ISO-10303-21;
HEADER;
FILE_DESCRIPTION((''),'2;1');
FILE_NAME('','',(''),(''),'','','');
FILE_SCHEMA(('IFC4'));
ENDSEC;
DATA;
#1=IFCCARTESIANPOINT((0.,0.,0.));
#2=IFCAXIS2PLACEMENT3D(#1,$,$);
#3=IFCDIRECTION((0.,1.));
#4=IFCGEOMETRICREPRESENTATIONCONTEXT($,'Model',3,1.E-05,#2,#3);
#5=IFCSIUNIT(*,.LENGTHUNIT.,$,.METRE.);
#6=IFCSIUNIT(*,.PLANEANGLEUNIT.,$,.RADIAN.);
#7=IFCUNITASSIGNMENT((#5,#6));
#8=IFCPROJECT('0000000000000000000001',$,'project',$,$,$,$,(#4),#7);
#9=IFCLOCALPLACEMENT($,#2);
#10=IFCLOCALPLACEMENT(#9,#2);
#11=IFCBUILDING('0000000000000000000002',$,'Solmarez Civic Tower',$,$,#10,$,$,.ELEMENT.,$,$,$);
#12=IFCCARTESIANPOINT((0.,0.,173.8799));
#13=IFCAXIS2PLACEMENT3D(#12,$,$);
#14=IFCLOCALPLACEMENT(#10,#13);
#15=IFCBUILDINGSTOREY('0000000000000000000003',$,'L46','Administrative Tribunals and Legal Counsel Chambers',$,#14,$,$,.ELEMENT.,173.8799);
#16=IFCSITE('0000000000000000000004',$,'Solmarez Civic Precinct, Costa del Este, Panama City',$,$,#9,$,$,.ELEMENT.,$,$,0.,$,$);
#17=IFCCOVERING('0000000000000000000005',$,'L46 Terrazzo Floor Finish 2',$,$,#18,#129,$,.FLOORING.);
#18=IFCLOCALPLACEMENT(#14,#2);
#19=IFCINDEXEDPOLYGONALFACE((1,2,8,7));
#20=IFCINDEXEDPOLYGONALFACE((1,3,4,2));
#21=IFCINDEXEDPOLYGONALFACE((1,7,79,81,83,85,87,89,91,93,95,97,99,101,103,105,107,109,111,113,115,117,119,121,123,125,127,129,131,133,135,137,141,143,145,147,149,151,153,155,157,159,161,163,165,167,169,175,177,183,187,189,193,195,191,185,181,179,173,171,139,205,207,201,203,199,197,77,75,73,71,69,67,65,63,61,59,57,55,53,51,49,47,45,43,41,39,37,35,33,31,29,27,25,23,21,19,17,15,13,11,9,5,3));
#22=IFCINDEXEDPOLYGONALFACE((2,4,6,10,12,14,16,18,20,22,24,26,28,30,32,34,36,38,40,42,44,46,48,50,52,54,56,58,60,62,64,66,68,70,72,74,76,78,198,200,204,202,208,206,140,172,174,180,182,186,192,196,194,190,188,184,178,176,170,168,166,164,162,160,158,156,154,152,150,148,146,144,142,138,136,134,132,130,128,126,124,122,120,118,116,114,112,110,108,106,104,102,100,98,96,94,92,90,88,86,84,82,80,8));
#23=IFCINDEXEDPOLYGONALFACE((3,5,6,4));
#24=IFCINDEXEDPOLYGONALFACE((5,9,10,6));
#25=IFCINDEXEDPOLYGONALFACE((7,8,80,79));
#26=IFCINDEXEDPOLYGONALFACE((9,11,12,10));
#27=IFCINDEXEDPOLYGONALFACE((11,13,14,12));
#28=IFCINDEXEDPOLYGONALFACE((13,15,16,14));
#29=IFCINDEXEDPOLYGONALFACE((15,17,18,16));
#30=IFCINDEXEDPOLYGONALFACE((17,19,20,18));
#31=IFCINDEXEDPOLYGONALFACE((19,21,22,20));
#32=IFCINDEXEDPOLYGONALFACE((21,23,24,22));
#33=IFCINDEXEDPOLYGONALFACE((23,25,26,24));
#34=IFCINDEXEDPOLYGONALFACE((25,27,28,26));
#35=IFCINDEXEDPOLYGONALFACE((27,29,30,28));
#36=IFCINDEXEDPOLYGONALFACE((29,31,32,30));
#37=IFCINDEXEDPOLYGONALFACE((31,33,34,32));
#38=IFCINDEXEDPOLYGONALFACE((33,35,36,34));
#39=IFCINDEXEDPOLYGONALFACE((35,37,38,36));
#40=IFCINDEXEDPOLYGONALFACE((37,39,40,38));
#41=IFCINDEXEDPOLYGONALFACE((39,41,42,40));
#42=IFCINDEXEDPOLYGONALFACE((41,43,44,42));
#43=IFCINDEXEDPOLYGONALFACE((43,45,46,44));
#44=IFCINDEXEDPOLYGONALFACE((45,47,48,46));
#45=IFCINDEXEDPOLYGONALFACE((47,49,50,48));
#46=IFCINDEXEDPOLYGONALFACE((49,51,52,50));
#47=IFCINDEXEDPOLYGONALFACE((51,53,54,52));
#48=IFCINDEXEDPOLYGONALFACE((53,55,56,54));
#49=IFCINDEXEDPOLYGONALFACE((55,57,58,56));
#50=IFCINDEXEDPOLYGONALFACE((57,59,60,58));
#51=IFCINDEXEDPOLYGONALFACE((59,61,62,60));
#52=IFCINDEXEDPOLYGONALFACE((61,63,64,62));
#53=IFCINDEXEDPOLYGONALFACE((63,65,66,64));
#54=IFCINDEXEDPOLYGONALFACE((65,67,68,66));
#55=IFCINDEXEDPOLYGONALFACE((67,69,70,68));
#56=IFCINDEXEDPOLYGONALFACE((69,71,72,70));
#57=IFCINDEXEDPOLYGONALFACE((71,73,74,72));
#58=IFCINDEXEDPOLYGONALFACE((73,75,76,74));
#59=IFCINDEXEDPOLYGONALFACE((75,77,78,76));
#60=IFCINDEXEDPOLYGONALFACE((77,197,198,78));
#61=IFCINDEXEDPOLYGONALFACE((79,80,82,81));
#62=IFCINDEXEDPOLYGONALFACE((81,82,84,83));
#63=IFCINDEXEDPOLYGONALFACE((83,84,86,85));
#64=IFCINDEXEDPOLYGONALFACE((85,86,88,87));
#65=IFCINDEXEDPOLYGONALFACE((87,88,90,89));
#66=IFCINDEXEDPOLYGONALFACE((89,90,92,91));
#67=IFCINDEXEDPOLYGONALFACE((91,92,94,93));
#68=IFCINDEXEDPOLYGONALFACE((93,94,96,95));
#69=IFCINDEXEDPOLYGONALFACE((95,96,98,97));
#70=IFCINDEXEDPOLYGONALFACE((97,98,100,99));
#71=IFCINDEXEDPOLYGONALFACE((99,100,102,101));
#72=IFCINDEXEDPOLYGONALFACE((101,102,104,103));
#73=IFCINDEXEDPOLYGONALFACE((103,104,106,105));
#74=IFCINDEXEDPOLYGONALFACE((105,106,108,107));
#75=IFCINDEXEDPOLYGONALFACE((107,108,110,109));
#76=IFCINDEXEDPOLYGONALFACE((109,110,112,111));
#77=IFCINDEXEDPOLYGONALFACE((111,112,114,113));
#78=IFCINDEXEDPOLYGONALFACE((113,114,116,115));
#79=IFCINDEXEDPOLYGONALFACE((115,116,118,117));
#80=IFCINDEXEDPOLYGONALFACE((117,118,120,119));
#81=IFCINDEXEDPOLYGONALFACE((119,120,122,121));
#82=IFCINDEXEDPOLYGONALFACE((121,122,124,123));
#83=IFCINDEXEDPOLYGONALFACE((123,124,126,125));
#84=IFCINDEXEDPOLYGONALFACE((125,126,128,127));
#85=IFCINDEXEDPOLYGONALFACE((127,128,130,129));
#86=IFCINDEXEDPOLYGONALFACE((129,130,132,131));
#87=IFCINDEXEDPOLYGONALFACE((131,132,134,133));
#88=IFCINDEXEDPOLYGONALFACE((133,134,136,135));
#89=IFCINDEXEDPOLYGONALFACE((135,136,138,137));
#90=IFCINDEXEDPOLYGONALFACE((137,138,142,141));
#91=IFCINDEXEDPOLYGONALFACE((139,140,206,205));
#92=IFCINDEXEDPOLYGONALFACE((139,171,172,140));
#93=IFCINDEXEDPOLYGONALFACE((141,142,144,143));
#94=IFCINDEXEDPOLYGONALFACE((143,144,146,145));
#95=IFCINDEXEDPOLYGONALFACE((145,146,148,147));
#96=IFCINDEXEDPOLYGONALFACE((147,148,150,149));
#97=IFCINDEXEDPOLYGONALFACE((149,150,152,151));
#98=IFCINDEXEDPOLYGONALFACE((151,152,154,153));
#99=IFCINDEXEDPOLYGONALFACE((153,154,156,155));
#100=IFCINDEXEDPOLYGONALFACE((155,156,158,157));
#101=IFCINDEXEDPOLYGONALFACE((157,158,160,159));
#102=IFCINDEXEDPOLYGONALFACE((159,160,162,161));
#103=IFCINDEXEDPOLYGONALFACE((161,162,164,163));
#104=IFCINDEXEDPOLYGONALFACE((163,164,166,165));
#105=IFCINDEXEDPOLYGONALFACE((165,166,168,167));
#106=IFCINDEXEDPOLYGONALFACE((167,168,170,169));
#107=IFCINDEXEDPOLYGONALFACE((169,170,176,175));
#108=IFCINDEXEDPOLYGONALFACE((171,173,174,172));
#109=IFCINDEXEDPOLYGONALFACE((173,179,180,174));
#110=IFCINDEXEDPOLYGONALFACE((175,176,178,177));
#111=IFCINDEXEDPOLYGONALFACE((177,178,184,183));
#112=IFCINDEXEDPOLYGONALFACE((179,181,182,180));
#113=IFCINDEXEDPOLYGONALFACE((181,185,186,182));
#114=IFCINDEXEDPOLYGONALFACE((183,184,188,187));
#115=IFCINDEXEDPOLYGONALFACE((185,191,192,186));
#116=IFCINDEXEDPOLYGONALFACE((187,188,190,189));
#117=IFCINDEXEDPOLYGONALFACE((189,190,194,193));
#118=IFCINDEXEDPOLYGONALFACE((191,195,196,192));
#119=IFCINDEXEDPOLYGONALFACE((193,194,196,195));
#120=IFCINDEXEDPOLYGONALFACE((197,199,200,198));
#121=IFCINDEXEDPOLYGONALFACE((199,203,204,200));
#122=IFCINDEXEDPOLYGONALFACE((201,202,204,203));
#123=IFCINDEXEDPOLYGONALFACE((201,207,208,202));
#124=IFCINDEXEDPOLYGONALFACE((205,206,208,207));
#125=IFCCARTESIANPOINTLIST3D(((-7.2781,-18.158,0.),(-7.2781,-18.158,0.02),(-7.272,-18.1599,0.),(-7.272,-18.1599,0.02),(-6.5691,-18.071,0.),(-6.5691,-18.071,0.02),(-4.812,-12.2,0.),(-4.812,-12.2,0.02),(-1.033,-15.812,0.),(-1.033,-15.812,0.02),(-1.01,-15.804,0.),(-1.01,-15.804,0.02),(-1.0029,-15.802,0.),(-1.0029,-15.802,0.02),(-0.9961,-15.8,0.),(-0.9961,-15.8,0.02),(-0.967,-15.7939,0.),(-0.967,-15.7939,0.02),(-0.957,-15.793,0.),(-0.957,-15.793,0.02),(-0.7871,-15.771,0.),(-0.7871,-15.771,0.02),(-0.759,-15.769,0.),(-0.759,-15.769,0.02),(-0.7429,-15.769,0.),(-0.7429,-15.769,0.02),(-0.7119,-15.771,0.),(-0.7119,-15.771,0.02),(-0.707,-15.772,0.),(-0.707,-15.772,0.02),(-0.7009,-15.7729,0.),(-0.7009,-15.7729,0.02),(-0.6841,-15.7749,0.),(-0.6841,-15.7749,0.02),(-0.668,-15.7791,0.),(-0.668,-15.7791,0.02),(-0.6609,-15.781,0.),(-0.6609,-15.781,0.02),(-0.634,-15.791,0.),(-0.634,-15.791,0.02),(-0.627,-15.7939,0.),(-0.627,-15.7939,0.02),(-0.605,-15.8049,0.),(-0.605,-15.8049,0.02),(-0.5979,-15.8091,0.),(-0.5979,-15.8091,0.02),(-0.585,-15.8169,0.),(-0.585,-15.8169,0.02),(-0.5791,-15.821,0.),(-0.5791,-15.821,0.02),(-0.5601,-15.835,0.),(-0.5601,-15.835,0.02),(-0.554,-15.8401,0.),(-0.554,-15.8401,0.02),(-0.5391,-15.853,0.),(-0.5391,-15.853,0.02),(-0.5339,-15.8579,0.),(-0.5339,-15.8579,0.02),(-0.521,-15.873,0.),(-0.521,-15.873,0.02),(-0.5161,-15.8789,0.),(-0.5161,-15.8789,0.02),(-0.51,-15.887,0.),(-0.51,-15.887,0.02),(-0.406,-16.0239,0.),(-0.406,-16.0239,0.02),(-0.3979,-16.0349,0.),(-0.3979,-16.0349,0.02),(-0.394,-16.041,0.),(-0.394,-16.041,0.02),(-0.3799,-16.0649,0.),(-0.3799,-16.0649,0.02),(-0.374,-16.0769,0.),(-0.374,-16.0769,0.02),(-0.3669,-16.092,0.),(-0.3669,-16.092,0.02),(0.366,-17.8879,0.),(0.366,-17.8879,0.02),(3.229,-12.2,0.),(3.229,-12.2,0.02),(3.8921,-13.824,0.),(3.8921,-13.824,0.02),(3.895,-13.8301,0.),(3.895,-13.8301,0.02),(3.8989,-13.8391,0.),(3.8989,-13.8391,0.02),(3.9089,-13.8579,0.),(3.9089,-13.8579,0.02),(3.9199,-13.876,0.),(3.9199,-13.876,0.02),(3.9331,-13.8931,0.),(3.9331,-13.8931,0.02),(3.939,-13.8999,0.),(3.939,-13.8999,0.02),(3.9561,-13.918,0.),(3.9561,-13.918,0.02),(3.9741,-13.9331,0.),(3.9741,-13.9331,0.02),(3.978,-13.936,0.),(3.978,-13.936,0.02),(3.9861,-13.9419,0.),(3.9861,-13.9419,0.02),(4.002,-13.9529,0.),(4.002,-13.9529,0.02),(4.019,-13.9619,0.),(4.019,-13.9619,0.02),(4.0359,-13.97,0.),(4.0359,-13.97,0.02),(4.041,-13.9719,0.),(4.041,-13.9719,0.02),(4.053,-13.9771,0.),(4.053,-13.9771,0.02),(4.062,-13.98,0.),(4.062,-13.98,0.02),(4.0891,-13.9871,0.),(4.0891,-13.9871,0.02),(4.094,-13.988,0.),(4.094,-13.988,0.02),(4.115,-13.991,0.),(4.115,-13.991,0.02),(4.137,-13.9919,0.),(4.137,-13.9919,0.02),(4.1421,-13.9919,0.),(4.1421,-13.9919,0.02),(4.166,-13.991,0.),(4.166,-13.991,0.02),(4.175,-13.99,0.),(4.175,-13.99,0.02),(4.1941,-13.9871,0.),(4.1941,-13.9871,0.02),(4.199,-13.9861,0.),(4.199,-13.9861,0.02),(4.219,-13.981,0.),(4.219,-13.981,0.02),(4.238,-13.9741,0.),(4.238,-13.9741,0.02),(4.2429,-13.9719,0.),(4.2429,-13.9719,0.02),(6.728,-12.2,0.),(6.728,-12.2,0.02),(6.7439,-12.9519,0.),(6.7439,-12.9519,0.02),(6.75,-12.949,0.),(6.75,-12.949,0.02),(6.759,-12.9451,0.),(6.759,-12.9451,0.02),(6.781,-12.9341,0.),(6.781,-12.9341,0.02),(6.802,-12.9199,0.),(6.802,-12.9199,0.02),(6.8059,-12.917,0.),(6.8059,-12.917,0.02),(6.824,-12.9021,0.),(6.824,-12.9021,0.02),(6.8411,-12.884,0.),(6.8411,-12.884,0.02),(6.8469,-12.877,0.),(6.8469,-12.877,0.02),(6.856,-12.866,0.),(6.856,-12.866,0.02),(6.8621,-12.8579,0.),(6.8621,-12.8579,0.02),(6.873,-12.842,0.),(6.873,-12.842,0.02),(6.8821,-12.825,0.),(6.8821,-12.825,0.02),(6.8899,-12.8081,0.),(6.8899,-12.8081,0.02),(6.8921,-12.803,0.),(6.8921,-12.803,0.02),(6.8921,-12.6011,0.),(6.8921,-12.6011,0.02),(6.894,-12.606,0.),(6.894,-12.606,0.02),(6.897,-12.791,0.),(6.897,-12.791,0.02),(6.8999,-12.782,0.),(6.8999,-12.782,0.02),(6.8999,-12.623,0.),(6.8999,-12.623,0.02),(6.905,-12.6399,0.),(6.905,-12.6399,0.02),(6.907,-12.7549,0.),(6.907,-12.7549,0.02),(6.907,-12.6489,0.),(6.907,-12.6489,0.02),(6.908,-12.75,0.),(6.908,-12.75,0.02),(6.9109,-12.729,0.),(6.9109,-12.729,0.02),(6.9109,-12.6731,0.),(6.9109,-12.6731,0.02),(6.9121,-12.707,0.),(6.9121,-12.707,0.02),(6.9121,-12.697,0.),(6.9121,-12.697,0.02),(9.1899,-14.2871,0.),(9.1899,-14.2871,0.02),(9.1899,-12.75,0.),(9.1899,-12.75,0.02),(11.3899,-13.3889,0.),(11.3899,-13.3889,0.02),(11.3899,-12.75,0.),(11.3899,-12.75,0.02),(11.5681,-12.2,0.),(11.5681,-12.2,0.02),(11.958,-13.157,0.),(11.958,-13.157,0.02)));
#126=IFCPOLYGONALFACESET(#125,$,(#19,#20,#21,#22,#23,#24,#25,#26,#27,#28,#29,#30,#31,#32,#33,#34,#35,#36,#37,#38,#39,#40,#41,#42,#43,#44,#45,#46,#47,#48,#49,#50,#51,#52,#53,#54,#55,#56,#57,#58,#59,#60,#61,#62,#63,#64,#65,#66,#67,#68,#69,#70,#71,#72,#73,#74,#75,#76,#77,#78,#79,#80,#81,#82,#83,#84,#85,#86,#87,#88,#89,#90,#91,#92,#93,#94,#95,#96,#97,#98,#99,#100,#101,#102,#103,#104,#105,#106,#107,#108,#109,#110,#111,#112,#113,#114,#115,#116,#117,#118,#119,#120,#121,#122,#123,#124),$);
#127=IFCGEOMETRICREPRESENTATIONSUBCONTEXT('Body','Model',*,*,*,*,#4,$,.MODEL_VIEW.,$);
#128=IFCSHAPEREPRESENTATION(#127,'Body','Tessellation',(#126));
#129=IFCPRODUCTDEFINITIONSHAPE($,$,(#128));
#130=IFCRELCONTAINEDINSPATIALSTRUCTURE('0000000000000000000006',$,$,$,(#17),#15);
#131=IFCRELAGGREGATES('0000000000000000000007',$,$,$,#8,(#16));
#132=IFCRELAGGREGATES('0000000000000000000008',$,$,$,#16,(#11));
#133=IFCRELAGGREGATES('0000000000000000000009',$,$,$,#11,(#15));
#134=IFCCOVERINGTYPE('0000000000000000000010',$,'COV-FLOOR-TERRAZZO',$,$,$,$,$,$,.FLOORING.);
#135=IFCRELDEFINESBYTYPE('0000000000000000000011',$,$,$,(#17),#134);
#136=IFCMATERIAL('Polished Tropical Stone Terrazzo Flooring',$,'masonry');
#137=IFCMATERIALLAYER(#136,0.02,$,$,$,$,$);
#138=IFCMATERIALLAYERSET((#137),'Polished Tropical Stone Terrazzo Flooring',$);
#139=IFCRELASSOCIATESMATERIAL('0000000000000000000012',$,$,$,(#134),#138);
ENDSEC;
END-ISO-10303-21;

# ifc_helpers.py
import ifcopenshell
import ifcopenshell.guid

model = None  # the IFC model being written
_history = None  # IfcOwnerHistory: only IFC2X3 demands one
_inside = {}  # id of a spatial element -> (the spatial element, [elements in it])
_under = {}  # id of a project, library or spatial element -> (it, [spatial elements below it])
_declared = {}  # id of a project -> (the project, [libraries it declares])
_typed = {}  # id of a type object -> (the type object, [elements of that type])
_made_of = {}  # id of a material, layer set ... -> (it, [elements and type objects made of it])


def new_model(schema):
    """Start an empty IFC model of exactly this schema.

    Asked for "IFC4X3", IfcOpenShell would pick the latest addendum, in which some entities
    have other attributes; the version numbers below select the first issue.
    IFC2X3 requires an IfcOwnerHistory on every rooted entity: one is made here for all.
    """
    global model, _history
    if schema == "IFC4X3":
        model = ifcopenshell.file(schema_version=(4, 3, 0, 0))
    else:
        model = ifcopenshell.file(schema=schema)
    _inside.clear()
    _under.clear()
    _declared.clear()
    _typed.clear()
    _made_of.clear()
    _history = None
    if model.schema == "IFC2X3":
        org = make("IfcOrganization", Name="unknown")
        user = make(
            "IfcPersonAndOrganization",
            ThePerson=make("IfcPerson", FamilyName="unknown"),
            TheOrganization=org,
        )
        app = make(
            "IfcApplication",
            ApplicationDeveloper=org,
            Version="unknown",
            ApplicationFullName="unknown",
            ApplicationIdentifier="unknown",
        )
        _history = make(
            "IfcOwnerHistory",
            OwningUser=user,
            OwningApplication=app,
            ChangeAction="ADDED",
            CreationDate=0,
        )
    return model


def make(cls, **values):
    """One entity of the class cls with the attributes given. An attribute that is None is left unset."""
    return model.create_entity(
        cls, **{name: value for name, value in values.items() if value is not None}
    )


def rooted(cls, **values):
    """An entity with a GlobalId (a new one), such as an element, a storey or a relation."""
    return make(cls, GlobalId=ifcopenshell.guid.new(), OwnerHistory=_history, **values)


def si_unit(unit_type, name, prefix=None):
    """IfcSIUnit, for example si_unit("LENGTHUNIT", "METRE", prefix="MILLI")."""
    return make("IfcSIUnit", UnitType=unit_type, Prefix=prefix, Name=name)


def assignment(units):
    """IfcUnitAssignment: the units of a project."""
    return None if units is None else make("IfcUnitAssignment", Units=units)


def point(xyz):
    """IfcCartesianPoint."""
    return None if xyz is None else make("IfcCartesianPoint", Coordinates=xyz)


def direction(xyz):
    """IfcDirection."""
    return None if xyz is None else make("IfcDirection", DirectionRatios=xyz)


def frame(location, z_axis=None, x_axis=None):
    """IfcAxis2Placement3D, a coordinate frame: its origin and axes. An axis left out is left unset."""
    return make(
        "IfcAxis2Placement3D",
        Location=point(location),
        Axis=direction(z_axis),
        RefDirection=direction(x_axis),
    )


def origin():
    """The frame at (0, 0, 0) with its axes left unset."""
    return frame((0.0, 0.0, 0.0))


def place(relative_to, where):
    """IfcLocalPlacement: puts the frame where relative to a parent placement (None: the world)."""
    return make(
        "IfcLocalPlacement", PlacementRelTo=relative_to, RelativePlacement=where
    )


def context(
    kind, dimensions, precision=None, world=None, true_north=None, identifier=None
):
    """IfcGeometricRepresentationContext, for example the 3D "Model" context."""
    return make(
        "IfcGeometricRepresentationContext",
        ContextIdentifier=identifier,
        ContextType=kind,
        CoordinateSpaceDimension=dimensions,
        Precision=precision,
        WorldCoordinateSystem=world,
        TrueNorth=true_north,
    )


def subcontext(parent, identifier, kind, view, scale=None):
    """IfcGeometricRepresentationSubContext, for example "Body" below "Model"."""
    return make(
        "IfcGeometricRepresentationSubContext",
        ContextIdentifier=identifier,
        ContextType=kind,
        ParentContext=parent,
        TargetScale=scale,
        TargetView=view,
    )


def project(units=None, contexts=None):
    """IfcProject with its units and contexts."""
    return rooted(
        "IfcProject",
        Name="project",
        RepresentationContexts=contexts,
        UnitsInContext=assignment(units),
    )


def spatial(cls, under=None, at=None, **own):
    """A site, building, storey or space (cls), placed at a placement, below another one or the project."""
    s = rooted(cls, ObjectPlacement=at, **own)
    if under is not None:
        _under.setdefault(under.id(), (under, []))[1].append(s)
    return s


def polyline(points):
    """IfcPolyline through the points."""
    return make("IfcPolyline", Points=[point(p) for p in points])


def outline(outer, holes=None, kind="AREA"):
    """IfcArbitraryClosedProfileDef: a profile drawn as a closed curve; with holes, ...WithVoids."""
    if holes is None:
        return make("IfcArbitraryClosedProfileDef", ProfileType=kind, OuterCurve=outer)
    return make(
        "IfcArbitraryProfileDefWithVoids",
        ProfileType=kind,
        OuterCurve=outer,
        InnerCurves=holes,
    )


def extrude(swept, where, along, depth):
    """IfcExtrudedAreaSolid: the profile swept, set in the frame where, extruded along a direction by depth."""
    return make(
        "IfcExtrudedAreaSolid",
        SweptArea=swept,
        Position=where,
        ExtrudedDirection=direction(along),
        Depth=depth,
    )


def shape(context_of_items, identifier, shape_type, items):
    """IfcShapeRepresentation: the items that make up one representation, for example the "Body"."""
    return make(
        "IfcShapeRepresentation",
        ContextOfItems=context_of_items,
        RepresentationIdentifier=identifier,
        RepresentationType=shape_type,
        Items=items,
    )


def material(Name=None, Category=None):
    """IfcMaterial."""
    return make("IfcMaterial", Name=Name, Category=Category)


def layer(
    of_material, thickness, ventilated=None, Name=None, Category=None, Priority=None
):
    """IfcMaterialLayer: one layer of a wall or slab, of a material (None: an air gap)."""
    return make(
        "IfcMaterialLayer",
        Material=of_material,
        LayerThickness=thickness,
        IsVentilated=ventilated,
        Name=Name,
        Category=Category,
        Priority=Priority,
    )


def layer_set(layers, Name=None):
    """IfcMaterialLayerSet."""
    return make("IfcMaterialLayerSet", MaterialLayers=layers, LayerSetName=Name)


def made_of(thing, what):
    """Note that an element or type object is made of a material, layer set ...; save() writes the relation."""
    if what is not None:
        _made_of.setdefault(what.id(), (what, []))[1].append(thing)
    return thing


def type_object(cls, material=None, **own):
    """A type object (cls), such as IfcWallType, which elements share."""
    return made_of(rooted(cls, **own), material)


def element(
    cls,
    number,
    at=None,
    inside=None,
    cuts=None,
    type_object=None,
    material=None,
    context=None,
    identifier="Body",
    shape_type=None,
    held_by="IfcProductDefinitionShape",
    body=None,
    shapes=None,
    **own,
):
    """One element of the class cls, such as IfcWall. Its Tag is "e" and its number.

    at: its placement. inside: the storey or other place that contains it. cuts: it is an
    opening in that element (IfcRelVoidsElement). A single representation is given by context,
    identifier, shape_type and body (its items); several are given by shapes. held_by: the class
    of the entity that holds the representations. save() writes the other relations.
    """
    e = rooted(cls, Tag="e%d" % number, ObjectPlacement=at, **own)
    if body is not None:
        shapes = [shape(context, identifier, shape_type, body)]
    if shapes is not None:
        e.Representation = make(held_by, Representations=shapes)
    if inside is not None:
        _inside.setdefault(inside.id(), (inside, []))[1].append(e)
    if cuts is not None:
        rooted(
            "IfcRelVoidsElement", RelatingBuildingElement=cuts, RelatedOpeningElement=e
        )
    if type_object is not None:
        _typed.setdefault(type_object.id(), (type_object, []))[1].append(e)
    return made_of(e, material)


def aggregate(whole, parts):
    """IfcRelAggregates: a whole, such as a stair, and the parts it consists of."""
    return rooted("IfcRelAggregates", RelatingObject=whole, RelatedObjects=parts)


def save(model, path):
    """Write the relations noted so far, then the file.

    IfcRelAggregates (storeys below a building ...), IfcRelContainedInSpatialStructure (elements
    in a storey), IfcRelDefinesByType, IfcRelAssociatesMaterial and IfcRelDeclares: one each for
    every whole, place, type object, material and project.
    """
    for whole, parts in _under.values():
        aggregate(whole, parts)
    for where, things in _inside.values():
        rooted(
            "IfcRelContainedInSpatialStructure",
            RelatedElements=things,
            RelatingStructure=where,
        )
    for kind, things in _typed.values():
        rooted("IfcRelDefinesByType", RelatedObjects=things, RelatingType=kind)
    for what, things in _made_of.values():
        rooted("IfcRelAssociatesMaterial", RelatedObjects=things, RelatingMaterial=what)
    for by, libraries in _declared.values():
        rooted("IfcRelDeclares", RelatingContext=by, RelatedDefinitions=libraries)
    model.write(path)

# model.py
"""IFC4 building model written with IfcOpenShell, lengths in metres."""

from ifc_helpers import new_model, si_unit, direction, frame, origin, place, context, subcontext, project, spatial, polyline, outline, extrude, material, layer, layer_set, type_object, element, save


model = new_model("IFC4")

# Units and contexts
model_context = context("Model", 3, precision=1e-05, world=origin(), true_north=direction((0.0, 1.0)))
body_context = subcontext(model_context, "Body", "Model", "MODEL_VIEW")
ifc_project = project(units=[si_unit("LENGTHUNIT", "METRE"), si_unit("PLANEANGLEUNIT", "RADIAN")], contexts=[model_context])

# Site, building, storey
site_placement = place(None, origin())
site = spatial("IfcSite", under=ifc_project, at=site_placement, Name="Solmarez Civic Precinct, Costa del Este, Panama City", CompositionType="ELEMENT", RefElevation=0.0)
building_placement = place(site_placement, origin())
building = spatial("IfcBuilding", under=site, at=building_placement, Name="Solmarez Civic Tower", CompositionType="ELEMENT")
storey_placement = place(building_placement, frame((0.0, 0.0, 173.8799)))
storey = spatial("IfcBuildingStorey", under=building, at=storey_placement, Name="L46", Description="Administrative Tribunals and Legal Counsel Chambers", CompositionType="ELEMENT", Elevation=173.8799)

# Covering
ifc_material_1 = material(Name="Polished Tropical Stone Terrazzo Flooring", Category="masonry")
ifc_layer_1 = layer(ifc_material_1, 0.02)
ifc_layer_set_1 = layer_set([ifc_layer_1], Name="Polished Tropical Stone Terrazzo Flooring")
covering_type_1 = type_object("IfcCoveringType", Name="COV-FLOOR-TERRAZZO", PredefinedType="FLOORING", material=ifc_layer_set_1)
covering_1_placement = place(storey_placement, origin())
element("IfcCovering", 1, at=covering_1_placement, inside=storey, type_object=covering_type_1, Name="L46 Terrazzo Floor Finish 2", PredefinedType="FLOORING", context=body_context, shape_type="SweptSolid", body=[
    extrude(outline(polyline([(11.5681, -12.2), (6.728, -12.2), (6.8921, -12.6011), (6.894, -12.606), (6.8999, -12.623), (6.905, -12.6399), (6.907, -12.6489), (6.9109, -12.6731), (6.9121, -12.697), (6.9121, -12.707), (6.9109, -12.729), (6.908, -12.75), (6.907, -12.7549), (6.8999, -12.782), (6.897, -12.791), (6.8921, -12.803), (6.8899, -12.8081), (6.8821, -12.825), (6.873, -12.842), (6.8621, -12.8579), (6.856, -12.866), (6.8469, -12.877), (6.8411, -12.884), (6.824, -12.9021), (6.8059, -12.917), (6.802, -12.9199), (6.781, -12.9341), (6.759, -12.9451), (6.75, -12.949), (6.7439, -12.9519), (4.2429, -13.9719), (4.238, -13.9741), (4.219, -13.981), (4.199, -13.9861), (4.1941, -13.9871), (4.175, -13.99), (4.166, -13.991), (4.1421, -13.9919), (4.137, -13.9919), (4.115, -13.991), (4.094, -13.988), (4.0891, -13.9871), (4.062, -13.98), (4.053, -13.9771), (4.041, -13.9719), (4.0359, -13.97), (4.019, -13.9619), (4.002, -13.9529), (3.9861, -13.9419), (3.978, -13.936), (3.9741, -13.9331), (3.9561, -13.918), (3.939, -13.8999), (3.9331, -13.8931), (3.9199, -13.876), (3.9089, -13.8579), (3.8989, -13.8391), (3.895, -13.8301), (3.8921, -13.824), (3.229, -12.2), (-4.812, -12.2), (-7.2781, -18.158), (-7.272, -18.1599), (-6.5691, -18.071), (-1.033, -15.812), (-1.01, -15.804), (-1.0029, -15.802), (-0.9961, -15.8), (-0.967, -15.7939), (-0.957, -15.793), (-0.7871, -15.771), (-0.759, -15.769), (-0.7429, -15.769), (-0.7119, -15.771), (-0.707, -15.772), (-0.7009, -15.7729), (-0.6841, -15.7749), (-0.668, -15.7791), (-0.6609, -15.781), (-0.634, -15.791), (-0.627, -15.7939), (-0.605, -15.8049), (-0.5979, -15.8091), (-0.585, -15.8169), (-0.5791, -15.821), (-0.5601, -15.835), (-0.554, -15.8401), (-0.5391, -15.853), (-0.5339, -15.8579), (-0.521, -15.873), (-0.5161, -15.8789), (-0.51, -15.887), (-0.406, -16.0239), (-0.3979, -16.0349), (-0.394, -16.041), (-0.3799, -16.0649), (-0.374, -16.0769), (-0.3669, -16.092), (0.366, -17.8879), (9.1899, -14.2871), (9.1899, -12.75), (11.3899, -12.75), (11.3899, -13.3889), (11.958, -13.157), (11.5681, -12.2)])), origin(), (0.0, 0.0, 1.0), 0.02),
])

save(model, "model.ifc")
